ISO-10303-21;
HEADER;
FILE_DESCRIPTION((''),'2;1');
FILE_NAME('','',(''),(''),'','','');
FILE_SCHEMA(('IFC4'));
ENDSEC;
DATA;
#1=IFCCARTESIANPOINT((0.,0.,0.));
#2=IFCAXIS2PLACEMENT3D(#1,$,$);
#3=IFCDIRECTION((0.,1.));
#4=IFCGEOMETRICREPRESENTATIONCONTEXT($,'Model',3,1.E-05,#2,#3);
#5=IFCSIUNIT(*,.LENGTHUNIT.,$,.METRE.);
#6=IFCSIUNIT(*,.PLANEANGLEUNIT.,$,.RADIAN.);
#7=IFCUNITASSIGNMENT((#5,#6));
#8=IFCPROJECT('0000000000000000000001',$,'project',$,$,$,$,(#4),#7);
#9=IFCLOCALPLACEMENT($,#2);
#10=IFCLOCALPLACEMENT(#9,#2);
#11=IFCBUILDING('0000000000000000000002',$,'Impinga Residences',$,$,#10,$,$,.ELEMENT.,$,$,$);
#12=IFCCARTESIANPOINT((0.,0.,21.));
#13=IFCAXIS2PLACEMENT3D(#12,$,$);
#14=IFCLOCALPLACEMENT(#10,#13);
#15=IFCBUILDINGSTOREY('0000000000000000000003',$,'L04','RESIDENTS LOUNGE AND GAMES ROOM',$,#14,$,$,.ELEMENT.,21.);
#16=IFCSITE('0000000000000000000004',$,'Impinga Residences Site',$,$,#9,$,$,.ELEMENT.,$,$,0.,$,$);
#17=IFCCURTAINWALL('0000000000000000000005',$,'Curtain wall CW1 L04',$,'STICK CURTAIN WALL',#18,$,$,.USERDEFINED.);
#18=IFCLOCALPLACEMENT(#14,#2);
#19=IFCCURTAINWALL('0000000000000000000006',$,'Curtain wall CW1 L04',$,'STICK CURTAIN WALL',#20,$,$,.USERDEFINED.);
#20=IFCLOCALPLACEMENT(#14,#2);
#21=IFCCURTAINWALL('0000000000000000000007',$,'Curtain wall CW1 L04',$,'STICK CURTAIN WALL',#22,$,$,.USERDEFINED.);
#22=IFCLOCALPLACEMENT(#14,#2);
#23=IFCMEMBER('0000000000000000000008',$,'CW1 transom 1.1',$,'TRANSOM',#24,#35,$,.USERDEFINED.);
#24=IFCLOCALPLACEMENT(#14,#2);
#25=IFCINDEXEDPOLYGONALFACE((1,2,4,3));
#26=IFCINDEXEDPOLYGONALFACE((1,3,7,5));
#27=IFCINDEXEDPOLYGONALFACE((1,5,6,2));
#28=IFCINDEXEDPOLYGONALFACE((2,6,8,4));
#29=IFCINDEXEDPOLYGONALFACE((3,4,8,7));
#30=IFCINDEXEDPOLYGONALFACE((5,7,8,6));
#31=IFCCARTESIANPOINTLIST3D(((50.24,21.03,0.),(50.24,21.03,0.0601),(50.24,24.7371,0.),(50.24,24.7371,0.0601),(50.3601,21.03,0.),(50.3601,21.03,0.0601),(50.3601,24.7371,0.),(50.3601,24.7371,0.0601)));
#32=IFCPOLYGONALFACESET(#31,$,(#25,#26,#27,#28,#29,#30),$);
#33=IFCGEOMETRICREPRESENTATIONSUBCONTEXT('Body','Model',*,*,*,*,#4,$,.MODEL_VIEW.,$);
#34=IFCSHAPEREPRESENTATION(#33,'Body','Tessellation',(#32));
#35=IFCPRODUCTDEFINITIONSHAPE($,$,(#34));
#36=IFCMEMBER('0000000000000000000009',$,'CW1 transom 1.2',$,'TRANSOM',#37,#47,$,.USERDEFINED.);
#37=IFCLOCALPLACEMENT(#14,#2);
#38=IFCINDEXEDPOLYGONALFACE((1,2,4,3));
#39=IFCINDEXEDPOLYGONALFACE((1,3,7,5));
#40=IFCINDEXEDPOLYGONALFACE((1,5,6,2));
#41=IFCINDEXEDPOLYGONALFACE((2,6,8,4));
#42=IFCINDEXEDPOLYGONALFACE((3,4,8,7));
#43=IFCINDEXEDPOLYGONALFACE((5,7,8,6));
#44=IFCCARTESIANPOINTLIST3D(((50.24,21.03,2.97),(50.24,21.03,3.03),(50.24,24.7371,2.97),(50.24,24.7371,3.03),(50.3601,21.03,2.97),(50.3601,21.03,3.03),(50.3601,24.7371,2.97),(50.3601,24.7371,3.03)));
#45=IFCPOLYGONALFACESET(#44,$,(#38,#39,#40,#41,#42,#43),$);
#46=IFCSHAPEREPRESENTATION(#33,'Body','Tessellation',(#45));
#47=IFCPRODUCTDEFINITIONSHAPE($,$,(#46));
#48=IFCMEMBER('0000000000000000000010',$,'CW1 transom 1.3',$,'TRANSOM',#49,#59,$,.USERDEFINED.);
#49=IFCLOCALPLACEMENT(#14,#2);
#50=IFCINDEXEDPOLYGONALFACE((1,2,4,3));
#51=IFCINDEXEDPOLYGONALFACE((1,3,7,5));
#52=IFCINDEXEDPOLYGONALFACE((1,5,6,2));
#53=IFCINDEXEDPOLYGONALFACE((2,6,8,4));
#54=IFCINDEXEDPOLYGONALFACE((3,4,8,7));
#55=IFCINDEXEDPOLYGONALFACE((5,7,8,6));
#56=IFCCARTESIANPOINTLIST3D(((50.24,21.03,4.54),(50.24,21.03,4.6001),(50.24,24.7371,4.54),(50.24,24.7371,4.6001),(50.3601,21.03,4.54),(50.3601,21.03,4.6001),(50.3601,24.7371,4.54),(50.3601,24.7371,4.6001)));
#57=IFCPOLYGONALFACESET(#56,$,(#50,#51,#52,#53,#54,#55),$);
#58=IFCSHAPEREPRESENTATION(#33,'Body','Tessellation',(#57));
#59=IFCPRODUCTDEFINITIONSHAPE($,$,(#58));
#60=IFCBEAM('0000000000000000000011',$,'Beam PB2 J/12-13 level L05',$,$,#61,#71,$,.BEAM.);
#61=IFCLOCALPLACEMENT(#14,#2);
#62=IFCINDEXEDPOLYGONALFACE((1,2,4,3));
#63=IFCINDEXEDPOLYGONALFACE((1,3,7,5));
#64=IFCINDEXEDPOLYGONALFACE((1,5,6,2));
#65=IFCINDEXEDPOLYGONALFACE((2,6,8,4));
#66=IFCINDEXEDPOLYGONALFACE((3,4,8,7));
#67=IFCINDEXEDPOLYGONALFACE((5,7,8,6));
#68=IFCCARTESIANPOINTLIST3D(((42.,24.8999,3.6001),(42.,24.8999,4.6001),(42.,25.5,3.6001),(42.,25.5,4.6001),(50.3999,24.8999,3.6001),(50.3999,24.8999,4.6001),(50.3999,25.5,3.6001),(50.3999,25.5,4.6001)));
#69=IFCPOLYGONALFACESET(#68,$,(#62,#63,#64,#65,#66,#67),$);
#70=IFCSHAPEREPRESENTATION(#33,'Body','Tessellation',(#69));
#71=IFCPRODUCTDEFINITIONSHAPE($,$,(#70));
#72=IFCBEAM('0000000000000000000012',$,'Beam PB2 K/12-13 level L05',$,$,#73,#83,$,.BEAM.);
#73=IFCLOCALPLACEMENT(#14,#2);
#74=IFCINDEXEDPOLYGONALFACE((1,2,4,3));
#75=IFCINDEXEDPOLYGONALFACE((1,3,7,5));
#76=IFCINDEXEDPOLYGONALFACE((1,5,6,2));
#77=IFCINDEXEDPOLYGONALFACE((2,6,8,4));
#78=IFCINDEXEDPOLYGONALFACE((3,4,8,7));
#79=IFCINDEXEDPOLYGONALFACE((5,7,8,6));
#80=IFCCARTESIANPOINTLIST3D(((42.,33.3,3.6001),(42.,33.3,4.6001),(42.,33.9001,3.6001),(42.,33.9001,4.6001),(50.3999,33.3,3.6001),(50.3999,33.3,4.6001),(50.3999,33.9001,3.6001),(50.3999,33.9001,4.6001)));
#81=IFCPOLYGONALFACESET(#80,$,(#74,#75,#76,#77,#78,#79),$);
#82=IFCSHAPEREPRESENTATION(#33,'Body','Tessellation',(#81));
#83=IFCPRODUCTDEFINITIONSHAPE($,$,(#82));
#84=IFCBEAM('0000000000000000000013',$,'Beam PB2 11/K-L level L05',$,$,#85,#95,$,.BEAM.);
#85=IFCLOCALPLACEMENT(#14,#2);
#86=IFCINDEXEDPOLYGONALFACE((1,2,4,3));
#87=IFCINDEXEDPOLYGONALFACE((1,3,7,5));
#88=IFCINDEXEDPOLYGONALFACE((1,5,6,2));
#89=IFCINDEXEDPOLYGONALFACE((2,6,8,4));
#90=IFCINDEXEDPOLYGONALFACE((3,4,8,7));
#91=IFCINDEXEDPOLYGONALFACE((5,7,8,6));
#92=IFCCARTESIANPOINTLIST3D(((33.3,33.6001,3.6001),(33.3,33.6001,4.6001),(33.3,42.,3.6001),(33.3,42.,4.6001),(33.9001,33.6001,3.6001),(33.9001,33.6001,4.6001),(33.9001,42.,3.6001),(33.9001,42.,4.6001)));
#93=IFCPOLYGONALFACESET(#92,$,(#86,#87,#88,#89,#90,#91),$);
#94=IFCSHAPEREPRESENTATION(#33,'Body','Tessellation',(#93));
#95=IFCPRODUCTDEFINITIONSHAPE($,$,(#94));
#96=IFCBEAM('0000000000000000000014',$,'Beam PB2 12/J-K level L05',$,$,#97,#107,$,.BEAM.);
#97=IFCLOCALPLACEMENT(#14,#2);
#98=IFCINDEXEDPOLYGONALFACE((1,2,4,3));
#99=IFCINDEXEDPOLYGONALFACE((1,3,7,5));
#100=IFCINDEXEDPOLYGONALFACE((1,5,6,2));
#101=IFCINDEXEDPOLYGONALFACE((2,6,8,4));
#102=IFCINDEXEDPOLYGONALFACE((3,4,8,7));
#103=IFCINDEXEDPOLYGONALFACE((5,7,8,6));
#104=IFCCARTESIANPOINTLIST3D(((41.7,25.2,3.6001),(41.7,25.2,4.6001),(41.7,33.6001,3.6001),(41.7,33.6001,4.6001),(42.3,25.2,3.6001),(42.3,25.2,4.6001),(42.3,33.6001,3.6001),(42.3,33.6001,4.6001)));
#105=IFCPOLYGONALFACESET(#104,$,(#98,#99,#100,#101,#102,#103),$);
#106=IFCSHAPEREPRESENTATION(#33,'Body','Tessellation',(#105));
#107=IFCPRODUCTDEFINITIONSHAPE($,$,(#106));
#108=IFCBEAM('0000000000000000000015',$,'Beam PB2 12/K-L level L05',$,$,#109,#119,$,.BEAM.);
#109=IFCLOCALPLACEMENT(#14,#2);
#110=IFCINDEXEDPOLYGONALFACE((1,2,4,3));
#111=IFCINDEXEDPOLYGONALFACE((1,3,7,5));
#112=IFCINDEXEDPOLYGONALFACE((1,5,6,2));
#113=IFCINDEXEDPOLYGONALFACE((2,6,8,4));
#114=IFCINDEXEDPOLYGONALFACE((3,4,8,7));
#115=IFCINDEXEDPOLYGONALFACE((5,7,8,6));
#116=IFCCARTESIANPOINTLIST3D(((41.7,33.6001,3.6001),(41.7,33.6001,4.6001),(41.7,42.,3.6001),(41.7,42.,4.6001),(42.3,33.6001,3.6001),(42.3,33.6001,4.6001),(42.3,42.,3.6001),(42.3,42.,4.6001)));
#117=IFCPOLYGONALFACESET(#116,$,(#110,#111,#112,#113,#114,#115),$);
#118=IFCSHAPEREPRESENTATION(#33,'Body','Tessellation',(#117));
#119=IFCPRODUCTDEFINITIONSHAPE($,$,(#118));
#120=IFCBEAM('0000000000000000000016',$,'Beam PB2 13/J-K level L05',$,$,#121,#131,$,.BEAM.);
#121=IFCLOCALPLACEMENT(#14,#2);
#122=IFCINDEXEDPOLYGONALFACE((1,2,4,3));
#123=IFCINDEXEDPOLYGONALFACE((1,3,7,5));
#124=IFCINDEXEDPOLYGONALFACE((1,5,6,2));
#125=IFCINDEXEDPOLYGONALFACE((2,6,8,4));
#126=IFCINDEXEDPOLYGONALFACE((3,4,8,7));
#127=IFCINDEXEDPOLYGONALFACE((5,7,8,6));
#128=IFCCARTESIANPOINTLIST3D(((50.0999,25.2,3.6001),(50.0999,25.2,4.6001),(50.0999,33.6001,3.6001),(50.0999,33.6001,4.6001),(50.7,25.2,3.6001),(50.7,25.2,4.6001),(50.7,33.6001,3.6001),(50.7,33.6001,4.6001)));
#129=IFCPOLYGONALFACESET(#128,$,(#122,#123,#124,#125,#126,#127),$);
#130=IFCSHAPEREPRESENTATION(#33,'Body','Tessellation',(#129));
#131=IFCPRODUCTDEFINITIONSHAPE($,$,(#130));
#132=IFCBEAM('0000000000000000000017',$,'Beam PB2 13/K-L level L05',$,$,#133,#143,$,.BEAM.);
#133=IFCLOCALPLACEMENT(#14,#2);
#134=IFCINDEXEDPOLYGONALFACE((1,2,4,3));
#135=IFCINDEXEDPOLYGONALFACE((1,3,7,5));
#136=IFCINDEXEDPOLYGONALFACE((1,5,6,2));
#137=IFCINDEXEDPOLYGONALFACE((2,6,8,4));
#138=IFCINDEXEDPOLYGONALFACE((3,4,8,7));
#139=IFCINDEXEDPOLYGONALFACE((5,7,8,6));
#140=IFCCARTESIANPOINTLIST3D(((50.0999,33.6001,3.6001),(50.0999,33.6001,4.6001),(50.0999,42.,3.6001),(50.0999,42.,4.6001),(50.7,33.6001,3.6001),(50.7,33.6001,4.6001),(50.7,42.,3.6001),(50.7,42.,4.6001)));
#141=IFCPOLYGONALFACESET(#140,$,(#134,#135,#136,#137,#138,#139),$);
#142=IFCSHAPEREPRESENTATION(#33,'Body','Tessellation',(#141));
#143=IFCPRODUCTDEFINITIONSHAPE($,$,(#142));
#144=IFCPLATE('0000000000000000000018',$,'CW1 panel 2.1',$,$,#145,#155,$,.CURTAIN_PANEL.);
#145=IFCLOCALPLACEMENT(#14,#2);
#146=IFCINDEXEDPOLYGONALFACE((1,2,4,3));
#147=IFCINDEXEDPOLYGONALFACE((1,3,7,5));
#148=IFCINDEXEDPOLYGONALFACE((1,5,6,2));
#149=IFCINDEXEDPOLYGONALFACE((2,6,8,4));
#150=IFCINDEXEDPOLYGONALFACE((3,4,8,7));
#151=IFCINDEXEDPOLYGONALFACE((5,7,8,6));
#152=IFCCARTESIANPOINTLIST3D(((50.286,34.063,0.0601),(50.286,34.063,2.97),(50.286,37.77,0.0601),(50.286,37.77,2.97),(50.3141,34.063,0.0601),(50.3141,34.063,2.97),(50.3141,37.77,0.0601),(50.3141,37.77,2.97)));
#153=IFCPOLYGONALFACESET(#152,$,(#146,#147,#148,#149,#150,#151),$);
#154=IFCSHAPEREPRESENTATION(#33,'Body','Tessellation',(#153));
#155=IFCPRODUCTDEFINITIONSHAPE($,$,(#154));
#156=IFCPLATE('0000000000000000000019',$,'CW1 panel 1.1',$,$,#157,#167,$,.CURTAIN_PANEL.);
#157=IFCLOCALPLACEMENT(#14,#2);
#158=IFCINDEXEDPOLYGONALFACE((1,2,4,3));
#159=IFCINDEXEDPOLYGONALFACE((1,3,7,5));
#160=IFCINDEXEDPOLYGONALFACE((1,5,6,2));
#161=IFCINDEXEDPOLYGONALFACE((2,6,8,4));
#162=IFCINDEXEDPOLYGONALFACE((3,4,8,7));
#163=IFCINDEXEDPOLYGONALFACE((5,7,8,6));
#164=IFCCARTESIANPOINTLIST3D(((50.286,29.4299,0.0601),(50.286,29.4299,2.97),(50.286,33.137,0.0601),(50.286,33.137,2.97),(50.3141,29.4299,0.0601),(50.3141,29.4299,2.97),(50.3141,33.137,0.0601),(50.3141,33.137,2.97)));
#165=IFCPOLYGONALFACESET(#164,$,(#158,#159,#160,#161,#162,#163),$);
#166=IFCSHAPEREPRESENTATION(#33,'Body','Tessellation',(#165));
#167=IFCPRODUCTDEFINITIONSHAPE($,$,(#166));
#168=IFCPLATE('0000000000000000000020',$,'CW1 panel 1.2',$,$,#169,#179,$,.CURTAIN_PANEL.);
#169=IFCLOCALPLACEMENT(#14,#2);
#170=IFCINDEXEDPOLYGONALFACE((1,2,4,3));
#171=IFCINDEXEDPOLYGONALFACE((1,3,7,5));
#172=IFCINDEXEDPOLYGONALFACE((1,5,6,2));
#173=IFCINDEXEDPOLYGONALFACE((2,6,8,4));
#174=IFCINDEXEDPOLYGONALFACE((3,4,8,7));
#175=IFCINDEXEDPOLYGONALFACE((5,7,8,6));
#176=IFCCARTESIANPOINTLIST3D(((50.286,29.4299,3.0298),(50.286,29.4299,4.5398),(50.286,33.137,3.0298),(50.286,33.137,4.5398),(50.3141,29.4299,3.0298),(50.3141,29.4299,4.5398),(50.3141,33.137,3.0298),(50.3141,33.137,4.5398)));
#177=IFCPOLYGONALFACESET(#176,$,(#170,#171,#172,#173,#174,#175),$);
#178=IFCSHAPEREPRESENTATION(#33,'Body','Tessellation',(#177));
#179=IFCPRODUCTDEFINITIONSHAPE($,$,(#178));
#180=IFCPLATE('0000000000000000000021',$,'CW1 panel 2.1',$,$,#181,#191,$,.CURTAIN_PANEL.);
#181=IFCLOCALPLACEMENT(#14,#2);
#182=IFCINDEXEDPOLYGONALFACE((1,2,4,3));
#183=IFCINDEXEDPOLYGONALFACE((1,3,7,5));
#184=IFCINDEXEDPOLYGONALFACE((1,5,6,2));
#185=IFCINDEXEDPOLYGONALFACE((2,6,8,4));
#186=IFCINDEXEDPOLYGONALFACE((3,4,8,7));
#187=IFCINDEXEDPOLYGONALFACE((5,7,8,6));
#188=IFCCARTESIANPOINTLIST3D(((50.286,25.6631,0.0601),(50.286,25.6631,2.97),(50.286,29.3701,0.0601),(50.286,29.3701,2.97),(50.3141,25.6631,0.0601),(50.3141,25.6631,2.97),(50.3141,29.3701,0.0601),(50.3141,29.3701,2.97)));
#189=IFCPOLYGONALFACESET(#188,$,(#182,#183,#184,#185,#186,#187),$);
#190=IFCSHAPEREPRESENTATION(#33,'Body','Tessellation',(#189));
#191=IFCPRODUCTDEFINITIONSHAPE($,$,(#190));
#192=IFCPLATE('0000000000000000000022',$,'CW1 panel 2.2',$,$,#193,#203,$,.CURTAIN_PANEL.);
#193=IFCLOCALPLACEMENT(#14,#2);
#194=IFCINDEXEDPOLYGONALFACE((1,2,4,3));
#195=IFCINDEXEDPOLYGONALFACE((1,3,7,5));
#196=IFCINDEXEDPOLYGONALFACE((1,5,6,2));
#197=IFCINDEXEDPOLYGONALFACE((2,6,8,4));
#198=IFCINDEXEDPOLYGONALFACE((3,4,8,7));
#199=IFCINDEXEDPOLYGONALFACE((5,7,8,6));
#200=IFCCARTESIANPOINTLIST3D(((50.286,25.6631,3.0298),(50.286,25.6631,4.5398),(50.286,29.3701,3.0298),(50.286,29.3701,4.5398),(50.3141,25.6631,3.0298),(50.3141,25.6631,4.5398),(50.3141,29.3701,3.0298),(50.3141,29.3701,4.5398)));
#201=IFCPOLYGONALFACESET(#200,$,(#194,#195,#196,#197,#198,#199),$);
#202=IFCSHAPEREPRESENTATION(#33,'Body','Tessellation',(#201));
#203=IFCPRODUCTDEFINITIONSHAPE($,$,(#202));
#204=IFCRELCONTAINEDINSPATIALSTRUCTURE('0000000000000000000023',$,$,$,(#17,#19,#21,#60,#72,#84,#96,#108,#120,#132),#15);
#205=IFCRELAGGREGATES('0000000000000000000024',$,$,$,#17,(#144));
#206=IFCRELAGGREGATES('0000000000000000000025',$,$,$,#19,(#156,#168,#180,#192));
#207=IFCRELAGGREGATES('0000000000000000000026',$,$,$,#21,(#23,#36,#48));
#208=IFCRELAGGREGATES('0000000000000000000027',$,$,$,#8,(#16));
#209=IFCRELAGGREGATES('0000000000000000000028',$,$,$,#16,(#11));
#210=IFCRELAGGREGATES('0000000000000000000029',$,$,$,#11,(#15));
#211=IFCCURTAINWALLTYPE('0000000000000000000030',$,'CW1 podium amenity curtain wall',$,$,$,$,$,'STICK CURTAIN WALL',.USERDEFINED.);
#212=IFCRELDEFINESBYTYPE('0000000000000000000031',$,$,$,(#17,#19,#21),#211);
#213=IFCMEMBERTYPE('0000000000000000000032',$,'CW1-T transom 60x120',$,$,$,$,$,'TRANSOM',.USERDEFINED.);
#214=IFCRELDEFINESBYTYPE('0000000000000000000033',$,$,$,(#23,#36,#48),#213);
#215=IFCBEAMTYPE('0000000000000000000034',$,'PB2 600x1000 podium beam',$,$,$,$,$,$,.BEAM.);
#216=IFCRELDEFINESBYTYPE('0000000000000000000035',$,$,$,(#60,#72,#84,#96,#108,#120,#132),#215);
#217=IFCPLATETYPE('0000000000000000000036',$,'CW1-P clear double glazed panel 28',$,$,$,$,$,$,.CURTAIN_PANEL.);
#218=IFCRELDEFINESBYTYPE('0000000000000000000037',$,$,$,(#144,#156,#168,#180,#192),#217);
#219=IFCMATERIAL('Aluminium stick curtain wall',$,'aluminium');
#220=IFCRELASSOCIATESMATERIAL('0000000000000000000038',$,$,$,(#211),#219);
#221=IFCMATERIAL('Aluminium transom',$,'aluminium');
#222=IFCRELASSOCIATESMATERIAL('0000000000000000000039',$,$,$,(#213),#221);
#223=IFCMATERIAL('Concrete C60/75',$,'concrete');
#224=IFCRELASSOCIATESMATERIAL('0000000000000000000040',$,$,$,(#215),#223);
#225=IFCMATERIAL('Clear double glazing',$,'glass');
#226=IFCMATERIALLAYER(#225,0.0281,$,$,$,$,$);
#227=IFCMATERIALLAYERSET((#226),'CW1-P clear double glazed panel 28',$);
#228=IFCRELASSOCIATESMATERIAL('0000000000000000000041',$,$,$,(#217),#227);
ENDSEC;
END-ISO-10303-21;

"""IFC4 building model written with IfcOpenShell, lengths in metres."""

from ifc_helpers import new_model, si_unit, direction, frame, origin, origin_2d, place, context, subcontext, project, spatial, rectangle, extrude, material, layer, layer_set, material_profile, profile_set, type_object, element, aggregate, save


model = new_model("IFC4")

# Units and contexts
model_context = context("Model", 3, precision=1e-05, world=origin(), true_north=direction((0.0, 1.0)))
body_context = subcontext(model_context, "Body", "Model", "MODEL_VIEW")
ifc_project = project(units=[si_unit("LENGTHUNIT", "METRE"), si_unit("PLANEANGLEUNIT", "RADIAN")], contexts=[model_context])

# Site, building, storey
site_placement = place(None, origin())
site = spatial("IfcSite", under=ifc_project, at=site_placement, Name="Impinga Residences Site", CompositionType="ELEMENT", RefElevation=0.0)
building_placement = place(site_placement, origin())
building = spatial("IfcBuilding", under=site, at=building_placement, Name="Impinga Residences", CompositionType="ELEMENT")
storey_placement = place(building_placement, frame((0.0, 0.0, 21.0)))
storey = spatial("IfcBuildingStorey", under=building, at=storey_placement, Name="L04", Description="RESIDENTS LOUNGE AND GAMES ROOM", CompositionType="ELEMENT", Elevation=21.0)

# Curtain wall
ifc_material_1 = material(Name="Aluminium stick curtain wall", Category="aluminium")
curtain_wall_type = type_object("IfcCurtainWallType", Name="CW1 podium amenity curtain wall", ElementType="STICK CURTAIN WALL", PredefinedType="USERDEFINED", material=ifc_material_1)
curtain_wall_1_placement = place(storey_placement, origin())
curtain_wall_1 = element("IfcCurtainWall", 1, at=curtain_wall_1_placement, inside=storey, type_object=curtain_wall_type, Name="Curtain wall CW1 L04", ObjectType="STICK CURTAIN WALL", PredefinedType="USERDEFINED")

# Curtain wall
curtain_wall_2_placement = place(storey_placement, origin())
curtain_wall_2 = element("IfcCurtainWall", 2, at=curtain_wall_2_placement, inside=storey, type_object=curtain_wall_type, Name="Curtain wall CW1 L04", ObjectType="STICK CURTAIN WALL", PredefinedType="USERDEFINED")

# Curtain wall
curtain_wall_3_placement = place(storey_placement, origin())
curtain_wall_3 = element("IfcCurtainWall", 3, at=curtain_wall_3_placement, inside=storey, type_object=curtain_wall_type, Name="Curtain wall CW1 L04", ObjectType="STICK CURTAIN WALL", PredefinedType="USERDEFINED")

# Members
ifc_material_2 = material(Name="Aluminium transom", Category="aluminium")
ifc_material_profile_1 = material_profile(ifc_material_2, rectangle(XDim=0.0601, YDim=0.1201, at=origin_2d()), Name="60x120 transom")
ifc_profile_set_1 = profile_set([ifc_material_profile_1], Name="Aluminium transom")
member_type_1 = type_object("IfcMemberType", Name="CW1-T transom 60x120", ElementType="TRANSOM", PredefinedType="USERDEFINED", material=ifc_profile_set_1)
member_1_placement = place(storey_placement, frame((50.3, 24.7371, 0.03), z_axis=(0.0, -1.0, 0.0), x_axis=(0.0, 0.0, 1.0)))
member_1 = element("IfcMember", 4, at=member_1_placement, type_object=member_type_1, Name="CW1 transom 1.1", ObjectType="TRANSOM", PredefinedType="USERDEFINED", context=body_context, shape_type="SweptSolid", body=[
    extrude(rectangle(XDim=0.0601, YDim=0.1201, at=origin_2d()), origin(), (0.0, 0.0, 1.0), 3.707),
])
member_2_placement = place(storey_placement, frame((50.3, 24.7371, 3.0), z_axis=(0.0, -1.0, 0.0), x_axis=(0.0, 0.0, 1.0)))
member_2 = element("IfcMember", 5, at=member_2_placement, type_object=member_type_1, Name="CW1 transom 1.2", ObjectType="TRANSOM", PredefinedType="USERDEFINED", context=body_context, shape_type="SweptSolid", body=[
    extrude(rectangle(XDim=0.0601, YDim=0.1201, at=origin_2d()), origin(), (0.0, 0.0, 1.0), 3.707),
])
member_3_placement = place(storey_placement, frame((50.3, 24.7371, 4.5701), z_axis=(0.0, -1.0, 0.0), x_axis=(0.0, 0.0, 1.0)))
member_3 = element("IfcMember", 6, at=member_3_placement, type_object=member_type_1, Name="CW1 transom 1.3", ObjectType="TRANSOM", PredefinedType="USERDEFINED", context=body_context, shape_type="SweptSolid", body=[
    extrude(rectangle(XDim=0.0601, YDim=0.1201, at=origin_2d()), origin(), (0.0, 0.0, 1.0), 3.707),
])

# Beams
ifc_material_3 = material(Name="Concrete C60/75", Category="concrete")
ifc_material_profile_2 = material_profile(ifc_material_3, rectangle(XDim=0.6001, YDim=1.0, at=origin_2d()), Name="RC 600x1000")
ifc_profile_set_2 = profile_set([ifc_material_profile_2], Name="Concrete C60/75")
beam_type = type_object("IfcBeamType", Name="PB2 600x1000 podium beam", PredefinedType="BEAM", material=ifc_profile_set_2)
for number, where, z_axis, x_axis, name in (
    (7, (42.0, 25.2, 4.1001), (1.0, 0.0, 0.0), (0.0, 1.0, 0.0), "Beam PB2 J/12-13 level L05"),
    (8, (42.0, 33.6001, 4.1001), (1.0, 0.0, 0.0), (0.0, 1.0, 0.0), "Beam PB2 K/12-13 level L05"),
    (9, (33.6001, 33.6001, 4.1001), (0.0, 1.0, 0.0), (-1.0, 0.0, 0.0), "Beam PB2 11/K-L level L05"),
):
    element("IfcBeam", number, at=place(storey_placement, frame(where, z_axis=z_axis, x_axis=x_axis)), inside=storey, type_object=beam_type, Name=name, PredefinedType="BEAM", context=body_context, shape_type="SweptSolid", body=[
        extrude(rectangle(XDim=0.6001, YDim=1.0, at=origin_2d()), origin(), (0.0, 0.0, 1.0), 8.3999),
    ])
beam_1_placement = place(storey_placement, frame((42.0, 25.2, 4.1001), z_axis=(0.0, 1.0, 0.0), x_axis=(-1.0, 0.0, 0.0)))
element("IfcBeam", 10, at=beam_1_placement, inside=storey, type_object=beam_type, Name="Beam PB2 12/J-K level L05", PredefinedType="BEAM", context=body_context, shape_type="SweptSolid", body=[
    extrude(rectangle(XDim=0.6001, YDim=1.0, at=origin_2d()), origin(), (0.0, 0.0, 1.0), 8.4001),
])
beam_2_placement = place(storey_placement, frame((42.0, 33.6001, 4.1001), z_axis=(0.0, 1.0, 0.0), x_axis=(-1.0, 0.0, 0.0)))
element("IfcBeam", 11, at=beam_2_placement, inside=storey, type_object=beam_type, Name="Beam PB2 12/K-L level L05", PredefinedType="BEAM", context=body_context, shape_type="SweptSolid", body=[
    extrude(rectangle(XDim=0.6001, YDim=1.0, at=origin_2d()), origin(), (0.0, 0.0, 1.0), 8.3999),
])
beam_3_placement = place(storey_placement, frame((50.3999, 25.2, 4.1001), z_axis=(0.0, 1.0, 0.0), x_axis=(-1.0, 0.0, 0.0)))
element("IfcBeam", 12, at=beam_3_placement, inside=storey, type_object=beam_type, Name="Beam PB2 13/J-K level L05", PredefinedType="BEAM", context=body_context, shape_type="SweptSolid", body=[
    extrude(rectangle(XDim=0.6001, YDim=1.0, at=origin_2d()), origin(), (0.0, 0.0, 1.0), 8.4001),
])
beam_4_placement = place(storey_placement, frame((50.3999, 33.6001, 4.1001), z_axis=(0.0, 1.0, 0.0), x_axis=(-1.0, 0.0, 0.0)))
element("IfcBeam", 13, at=beam_4_placement, inside=storey, type_object=beam_type, Name="Beam PB2 13/K-L level L05", PredefinedType="BEAM", context=body_context, shape_type="SweptSolid", body=[
    extrude(rectangle(XDim=0.6001, YDim=1.0, at=origin_2d()), origin(), (0.0, 0.0, 1.0), 8.3999),
])

# Plates
ifc_material_4 = material(Name="Clear double glazing", Category="glass")
ifc_layer = layer(ifc_material_4, 0.0281)
ifc_layer_set = layer_set([ifc_layer], Name="CW1-P clear double glazed panel 28")
plate_type = type_object("IfcPlateType", Name="CW1-P clear double glazed panel 28", PredefinedType="CURTAIN_PANEL", material=ifc_layer_set)
plate_1_placement = place(storey_placement, frame((50.3, 35.9165, 0.0601), z_axis=(0.0, 0.0, 1.0), x_axis=(0.0, -1.0, 0.0)))
plate_1 = element("IfcPlate", 14, at=plate_1_placement, type_object=plate_type, Name="CW1 panel 2.1", PredefinedType="CURTAIN_PANEL", context=body_context, shape_type="SweptSolid", body=[
    extrude(rectangle(XDim=3.707, YDim=0.0281, at=origin_2d()), origin(), (0.0, 0.0, 1.0), 2.9099),
])
aggregate(curtain_wall_1, [plate_1])
plate_2_placement = place(storey_placement, frame((50.3, 31.2834, 0.0601), z_axis=(0.0, 0.0, 1.0), x_axis=(0.0, -1.0, 0.0)))
plate_2 = element("IfcPlate", 15, at=plate_2_placement, type_object=plate_type, Name="CW1 panel 1.1", PredefinedType="CURTAIN_PANEL", context=body_context, shape_type="SweptSolid", body=[
    extrude(rectangle(XDim=3.707, YDim=0.0281, at=origin_2d()), origin(), (0.0, 0.0, 1.0), 2.9099),
])
plate_3_placement = place(storey_placement, frame((50.3, 31.2834, 3.0298), z_axis=(0.0, 0.0, 1.0), x_axis=(0.0, -1.0, 0.0)))
plate_3 = element("IfcPlate", 16, at=plate_3_placement, type_object=plate_type, Name="CW1 panel 1.2", PredefinedType="CURTAIN_PANEL", context=body_context, shape_type="SweptSolid", body=[
    extrude(rectangle(XDim=3.707, YDim=0.0281, at=origin_2d()), origin(), (0.0, 0.0, 1.0), 1.51),
])
plate_4_placement = place(storey_placement, frame((50.3, 27.5166, 0.0601), z_axis=(0.0, 0.0, 1.0), x_axis=(0.0, -1.0, 0.0)))
plate_4 = element("IfcPlate", 17, at=plate_4_placement, type_object=plate_type, Name="CW1 panel 2.1", PredefinedType="CURTAIN_PANEL", context=body_context, shape_type="SweptSolid", body=[
    extrude(rectangle(XDim=3.707, YDim=0.0281, at=origin_2d()), origin(), (0.0, 0.0, 1.0), 2.9099),
])
plate_5_placement = place(storey_placement, frame((50.3, 27.5166, 3.0298), z_axis=(0.0, 0.0, 1.0), x_axis=(0.0, -1.0, 0.0)))
plate_5 = element("IfcPlate", 18, at=plate_5_placement, type_object=plate_type, Name="CW1 panel 2.2", PredefinedType="CURTAIN_PANEL", context=body_context, shape_type="SweptSolid", body=[
    extrude(rectangle(XDim=3.707, YDim=0.0281, at=origin_2d()), origin(), (0.0, 0.0, 1.0), 1.51),
])
aggregate(curtain_wall_2, [plate_2, plate_3, plate_4, plate_5])
aggregate(curtain_wall_3, [member_1, member_2, member_3])

save(model, "model.ifc")
